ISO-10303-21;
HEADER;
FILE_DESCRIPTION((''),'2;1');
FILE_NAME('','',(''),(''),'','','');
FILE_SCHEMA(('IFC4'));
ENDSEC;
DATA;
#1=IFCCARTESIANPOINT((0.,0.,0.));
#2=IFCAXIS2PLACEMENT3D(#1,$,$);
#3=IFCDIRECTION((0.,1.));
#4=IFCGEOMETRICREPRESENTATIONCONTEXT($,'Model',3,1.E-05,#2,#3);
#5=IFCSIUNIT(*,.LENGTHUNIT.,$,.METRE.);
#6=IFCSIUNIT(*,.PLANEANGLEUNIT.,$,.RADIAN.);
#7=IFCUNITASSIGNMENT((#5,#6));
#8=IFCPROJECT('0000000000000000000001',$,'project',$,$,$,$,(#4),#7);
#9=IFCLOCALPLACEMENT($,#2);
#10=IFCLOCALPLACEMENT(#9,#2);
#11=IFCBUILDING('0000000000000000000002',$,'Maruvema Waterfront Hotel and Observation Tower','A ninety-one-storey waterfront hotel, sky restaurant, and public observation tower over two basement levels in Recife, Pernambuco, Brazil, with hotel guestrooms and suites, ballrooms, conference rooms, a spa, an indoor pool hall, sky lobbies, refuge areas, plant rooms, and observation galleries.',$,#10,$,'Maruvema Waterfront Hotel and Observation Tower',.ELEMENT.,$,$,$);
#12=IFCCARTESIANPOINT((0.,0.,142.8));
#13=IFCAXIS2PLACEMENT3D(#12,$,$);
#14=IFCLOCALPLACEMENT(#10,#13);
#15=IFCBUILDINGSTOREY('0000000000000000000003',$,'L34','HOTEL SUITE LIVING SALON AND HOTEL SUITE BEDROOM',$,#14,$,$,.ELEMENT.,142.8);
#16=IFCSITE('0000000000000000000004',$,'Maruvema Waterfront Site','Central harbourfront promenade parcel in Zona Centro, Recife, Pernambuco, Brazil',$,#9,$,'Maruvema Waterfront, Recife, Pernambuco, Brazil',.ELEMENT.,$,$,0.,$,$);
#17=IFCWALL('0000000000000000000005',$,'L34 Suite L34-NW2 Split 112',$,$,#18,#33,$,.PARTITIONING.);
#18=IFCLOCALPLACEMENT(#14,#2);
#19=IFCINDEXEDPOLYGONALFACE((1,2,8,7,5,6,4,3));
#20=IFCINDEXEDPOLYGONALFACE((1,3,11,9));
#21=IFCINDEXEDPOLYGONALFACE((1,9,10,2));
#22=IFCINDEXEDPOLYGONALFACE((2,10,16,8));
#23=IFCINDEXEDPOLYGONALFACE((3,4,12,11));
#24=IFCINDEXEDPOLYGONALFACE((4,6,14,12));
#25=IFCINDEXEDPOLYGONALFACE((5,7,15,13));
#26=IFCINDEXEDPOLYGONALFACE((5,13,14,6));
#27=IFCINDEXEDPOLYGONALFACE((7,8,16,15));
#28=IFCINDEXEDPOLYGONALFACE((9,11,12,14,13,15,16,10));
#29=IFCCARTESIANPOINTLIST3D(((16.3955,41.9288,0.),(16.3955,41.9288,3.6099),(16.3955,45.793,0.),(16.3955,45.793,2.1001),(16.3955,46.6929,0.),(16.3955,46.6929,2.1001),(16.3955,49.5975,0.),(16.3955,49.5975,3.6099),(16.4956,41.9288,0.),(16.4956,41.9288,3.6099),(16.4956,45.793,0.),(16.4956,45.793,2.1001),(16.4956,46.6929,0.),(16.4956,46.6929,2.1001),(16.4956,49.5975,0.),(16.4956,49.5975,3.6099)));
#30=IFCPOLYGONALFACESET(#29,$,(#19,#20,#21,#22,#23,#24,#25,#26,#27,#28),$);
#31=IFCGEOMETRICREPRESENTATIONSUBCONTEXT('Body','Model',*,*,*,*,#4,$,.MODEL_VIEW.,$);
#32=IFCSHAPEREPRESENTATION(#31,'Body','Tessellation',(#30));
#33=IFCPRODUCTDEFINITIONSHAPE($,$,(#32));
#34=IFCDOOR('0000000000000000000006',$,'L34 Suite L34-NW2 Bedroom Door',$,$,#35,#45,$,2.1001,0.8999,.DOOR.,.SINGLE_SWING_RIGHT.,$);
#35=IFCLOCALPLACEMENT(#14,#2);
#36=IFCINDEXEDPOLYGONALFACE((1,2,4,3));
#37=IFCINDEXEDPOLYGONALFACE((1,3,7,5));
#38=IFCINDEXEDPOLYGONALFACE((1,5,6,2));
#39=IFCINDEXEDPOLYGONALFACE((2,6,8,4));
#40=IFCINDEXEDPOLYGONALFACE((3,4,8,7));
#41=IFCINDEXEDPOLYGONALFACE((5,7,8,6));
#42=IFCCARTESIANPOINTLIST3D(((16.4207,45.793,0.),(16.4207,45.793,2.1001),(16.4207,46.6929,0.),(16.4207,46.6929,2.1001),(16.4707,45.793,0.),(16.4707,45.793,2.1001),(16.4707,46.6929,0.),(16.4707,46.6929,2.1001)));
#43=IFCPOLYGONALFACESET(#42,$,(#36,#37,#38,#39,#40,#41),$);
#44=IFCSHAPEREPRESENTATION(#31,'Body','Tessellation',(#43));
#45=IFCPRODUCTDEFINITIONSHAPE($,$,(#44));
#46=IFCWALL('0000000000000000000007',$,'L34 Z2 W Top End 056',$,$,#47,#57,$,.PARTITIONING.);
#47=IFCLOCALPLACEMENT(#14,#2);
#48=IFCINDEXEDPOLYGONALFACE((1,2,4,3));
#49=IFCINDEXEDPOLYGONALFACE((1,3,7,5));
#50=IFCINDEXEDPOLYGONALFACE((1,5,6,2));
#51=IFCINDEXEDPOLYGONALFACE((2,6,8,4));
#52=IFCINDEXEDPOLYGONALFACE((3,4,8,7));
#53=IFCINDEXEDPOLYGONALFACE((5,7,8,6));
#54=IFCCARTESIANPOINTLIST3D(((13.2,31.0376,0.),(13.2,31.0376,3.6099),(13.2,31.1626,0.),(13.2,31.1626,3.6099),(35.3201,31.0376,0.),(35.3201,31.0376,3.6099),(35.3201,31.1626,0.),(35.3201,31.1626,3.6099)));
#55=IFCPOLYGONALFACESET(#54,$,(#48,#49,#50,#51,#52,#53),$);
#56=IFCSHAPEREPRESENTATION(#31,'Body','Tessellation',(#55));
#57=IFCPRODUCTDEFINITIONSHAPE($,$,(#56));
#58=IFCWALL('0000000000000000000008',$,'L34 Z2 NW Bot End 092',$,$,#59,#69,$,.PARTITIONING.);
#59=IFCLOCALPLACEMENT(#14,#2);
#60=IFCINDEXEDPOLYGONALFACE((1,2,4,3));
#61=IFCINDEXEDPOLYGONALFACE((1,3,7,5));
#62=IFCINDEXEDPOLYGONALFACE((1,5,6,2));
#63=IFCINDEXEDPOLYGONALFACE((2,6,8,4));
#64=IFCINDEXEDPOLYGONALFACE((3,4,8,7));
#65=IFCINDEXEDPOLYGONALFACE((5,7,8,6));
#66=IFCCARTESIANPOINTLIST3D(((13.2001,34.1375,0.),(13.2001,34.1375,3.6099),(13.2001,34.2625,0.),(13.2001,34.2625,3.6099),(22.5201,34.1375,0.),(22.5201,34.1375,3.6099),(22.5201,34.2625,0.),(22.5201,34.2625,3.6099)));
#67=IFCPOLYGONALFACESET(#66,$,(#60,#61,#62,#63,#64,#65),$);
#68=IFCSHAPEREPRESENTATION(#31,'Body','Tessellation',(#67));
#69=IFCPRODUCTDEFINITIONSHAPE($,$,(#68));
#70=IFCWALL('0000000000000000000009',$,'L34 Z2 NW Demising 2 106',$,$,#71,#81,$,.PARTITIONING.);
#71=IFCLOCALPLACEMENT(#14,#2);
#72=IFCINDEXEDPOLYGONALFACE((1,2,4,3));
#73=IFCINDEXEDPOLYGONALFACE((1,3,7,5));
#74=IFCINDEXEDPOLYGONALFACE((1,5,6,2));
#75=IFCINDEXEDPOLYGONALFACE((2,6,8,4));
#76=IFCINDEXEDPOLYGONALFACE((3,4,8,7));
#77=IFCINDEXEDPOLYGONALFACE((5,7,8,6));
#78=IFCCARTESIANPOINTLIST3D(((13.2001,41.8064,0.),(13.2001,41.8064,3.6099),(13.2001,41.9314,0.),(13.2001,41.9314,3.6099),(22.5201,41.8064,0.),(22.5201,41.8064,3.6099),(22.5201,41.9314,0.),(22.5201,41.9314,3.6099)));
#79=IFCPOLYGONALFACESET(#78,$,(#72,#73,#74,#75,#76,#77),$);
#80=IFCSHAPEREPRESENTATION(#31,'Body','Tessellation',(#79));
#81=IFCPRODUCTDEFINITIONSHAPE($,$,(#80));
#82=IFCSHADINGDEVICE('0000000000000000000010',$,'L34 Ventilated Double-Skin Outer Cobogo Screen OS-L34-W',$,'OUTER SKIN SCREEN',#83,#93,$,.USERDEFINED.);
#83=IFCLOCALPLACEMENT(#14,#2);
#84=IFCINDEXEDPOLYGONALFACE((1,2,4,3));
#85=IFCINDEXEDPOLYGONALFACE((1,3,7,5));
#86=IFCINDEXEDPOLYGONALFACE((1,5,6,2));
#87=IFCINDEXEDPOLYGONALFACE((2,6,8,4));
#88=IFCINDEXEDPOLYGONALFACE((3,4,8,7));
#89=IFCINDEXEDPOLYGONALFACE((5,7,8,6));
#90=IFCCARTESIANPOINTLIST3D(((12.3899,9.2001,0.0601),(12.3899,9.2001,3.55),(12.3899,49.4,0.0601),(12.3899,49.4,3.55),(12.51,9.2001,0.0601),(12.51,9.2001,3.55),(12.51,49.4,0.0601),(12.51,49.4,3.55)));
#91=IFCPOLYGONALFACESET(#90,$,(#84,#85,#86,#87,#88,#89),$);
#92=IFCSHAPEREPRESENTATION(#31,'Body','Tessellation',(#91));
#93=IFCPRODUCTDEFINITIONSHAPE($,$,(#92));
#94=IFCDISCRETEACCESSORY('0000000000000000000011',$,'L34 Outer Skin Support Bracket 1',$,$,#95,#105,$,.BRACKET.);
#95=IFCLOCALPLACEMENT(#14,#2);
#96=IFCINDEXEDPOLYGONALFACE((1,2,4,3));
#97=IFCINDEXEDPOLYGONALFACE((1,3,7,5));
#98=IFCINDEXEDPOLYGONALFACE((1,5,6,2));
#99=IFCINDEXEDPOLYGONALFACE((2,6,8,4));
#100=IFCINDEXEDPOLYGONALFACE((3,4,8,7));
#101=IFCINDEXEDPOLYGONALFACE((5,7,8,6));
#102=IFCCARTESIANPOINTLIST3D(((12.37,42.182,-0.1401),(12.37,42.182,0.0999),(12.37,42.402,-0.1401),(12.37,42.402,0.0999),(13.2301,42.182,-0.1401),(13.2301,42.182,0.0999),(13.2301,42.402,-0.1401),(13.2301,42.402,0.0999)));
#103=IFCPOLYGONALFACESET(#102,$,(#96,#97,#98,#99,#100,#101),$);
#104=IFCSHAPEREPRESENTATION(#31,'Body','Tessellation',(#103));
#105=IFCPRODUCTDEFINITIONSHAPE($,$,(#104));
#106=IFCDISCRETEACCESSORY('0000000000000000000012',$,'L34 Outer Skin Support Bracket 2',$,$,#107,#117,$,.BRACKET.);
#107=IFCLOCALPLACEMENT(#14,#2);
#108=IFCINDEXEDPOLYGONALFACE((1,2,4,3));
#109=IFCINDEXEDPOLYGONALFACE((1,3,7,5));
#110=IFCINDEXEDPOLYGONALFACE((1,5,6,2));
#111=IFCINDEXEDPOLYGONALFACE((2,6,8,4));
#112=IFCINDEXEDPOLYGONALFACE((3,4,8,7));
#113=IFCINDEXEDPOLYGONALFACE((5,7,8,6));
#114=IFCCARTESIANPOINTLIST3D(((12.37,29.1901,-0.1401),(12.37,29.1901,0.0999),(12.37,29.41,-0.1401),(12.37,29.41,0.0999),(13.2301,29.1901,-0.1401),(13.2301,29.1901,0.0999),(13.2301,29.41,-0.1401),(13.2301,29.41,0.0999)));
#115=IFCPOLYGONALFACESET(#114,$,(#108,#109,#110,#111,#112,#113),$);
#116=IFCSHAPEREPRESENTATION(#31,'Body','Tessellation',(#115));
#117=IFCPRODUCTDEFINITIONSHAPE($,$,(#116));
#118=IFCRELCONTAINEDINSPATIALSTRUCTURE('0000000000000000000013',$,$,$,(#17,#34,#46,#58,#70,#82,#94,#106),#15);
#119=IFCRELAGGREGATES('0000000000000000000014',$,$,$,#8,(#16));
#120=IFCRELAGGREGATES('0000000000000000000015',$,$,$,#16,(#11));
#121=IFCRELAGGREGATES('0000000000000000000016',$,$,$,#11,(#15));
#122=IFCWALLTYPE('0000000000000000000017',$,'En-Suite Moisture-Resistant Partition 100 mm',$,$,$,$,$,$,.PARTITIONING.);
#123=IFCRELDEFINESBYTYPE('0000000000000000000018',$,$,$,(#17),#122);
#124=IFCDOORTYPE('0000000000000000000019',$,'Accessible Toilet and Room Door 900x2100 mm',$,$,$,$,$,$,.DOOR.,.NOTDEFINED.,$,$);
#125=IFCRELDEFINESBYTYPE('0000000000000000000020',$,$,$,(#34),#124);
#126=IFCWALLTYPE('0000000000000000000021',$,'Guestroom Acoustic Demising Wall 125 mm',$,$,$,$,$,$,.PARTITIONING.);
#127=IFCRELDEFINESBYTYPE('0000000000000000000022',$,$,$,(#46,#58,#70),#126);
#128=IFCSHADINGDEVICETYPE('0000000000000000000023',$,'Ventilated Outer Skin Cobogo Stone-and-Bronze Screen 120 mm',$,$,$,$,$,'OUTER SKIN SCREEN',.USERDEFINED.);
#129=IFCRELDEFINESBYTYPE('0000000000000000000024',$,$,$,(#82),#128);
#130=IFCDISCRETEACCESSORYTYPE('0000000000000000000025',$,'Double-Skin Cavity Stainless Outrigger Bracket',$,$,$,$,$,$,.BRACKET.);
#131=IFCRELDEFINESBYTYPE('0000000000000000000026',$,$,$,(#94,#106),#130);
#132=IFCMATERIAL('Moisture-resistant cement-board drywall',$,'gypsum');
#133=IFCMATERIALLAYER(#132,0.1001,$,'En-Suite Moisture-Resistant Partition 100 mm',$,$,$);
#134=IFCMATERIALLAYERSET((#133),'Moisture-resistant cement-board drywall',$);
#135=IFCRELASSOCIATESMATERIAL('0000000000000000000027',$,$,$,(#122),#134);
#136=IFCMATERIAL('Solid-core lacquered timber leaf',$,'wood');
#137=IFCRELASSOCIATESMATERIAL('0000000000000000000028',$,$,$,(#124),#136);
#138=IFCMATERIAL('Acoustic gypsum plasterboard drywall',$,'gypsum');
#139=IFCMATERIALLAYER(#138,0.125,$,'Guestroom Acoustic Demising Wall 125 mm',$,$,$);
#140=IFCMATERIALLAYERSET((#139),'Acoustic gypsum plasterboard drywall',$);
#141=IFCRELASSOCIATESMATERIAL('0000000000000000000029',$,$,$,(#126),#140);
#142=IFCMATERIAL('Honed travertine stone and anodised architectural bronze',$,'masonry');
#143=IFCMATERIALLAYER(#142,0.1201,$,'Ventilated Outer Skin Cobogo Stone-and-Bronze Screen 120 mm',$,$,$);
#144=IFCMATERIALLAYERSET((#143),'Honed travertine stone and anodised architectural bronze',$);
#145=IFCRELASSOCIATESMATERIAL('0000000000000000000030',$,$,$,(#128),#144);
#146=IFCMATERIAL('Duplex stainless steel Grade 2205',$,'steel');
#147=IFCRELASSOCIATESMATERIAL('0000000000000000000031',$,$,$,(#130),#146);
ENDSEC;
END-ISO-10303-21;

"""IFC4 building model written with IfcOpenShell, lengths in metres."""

from ifc_helpers import new_model, si_unit, direction, frame, frame_2d, origin, origin_2d, place, context, subcontext, project, spatial, rectangle, extrude, material, layer, layer_set, type_object, element, fill, save


model = new_model("IFC4")

# Units and contexts
model_context = context("Model", 3, precision=1e-05, world=origin(), true_north=direction((0.0, 1.0)))
body_context = subcontext(model_context, "Body", "Model", "MODEL_VIEW")
ifc_project = project(units=[si_unit("LENGTHUNIT", "METRE"), si_unit("PLANEANGLEUNIT", "RADIAN")], contexts=[model_context])

# Site, building, storey
site_placement = place(None, origin())
site = spatial("IfcSite", under=ifc_project, at=site_placement, Name="Maruvema Waterfront Site", Description="Central harbourfront promenade parcel in Zona Centro, Recife, Pernambuco, Brazil", LongName="Maruvema Waterfront, Recife, Pernambuco, Brazil", CompositionType="ELEMENT", RefElevation=0.0)
building_placement = place(site_placement, origin())
building = spatial("IfcBuilding", under=site, at=building_placement, Name="Maruvema Waterfront Hotel and Observation Tower", Description="A ninety-one-storey waterfront hotel, sky restaurant, and public observation tower over two basement levels in Recife, Pernambuco, Brazil, with hotel guestrooms and suites, ballrooms, conference rooms, a spa, an indoor pool hall, sky lobbies, refuge areas, plant rooms, and observation galleries.", LongName="Maruvema Waterfront Hotel and Observation Tower", CompositionType="ELEMENT")
storey_placement = place(building_placement, frame((0.0, 0.0, 142.8)))
storey = spatial("IfcBuildingStorey", under=building, at=storey_placement, Name="L34", Description="HOTEL SUITE LIVING SALON AND HOTEL SUITE BEDROOM", CompositionType="ELEMENT", Elevation=142.8)

# Shared definitions
ifc_material_1 = material(Name="Moisture-resistant cement-board drywall", Category="gypsum")
ifc_layer_1 = layer(ifc_material_1, 0.1001, Name="En-Suite Moisture-Resistant Partition 100 mm")
ifc_layer_set_1 = layer_set([ifc_layer_1], Name="Moisture-resistant cement-board drywall")
wall_type_1 = type_object("IfcWallType", Name="En-Suite Moisture-Resistant Partition 100 mm", PredefinedType="PARTITIONING", material=ifc_layer_set_1)

# Shared definitions
ifc_material_2 = material(Name="Solid-core lacquered timber leaf", Category="wood")
door_type_1 = type_object("IfcDoorType", Name="Accessible Toilet and Room Door 900x2100 mm", OperationType="NOTDEFINED", PredefinedType="DOOR", material=ifc_material_2)

# Wall, opening, door
wall_1_placement = place(storey_placement, frame((16.4456, 41.9287, 0.0), z_axis=(0.0, 0.0, 1.0), x_axis=(0.0, 1.0, 0.0)))
wall_1 = element("IfcWall", 1, at=wall_1_placement, inside=storey, type_object=wall_type_1, Name="L34 Suite L34-NW2 Split 112", PredefinedType="PARTITIONING", context=body_context, shape_type="SweptSolid", body=[
    extrude(rectangle(XDim=7.6687, YDim=0.1001, at=frame_2d((3.8345, 0.0))), origin(), (0.0, 0.0, 1.0), 3.6099),
])
opening_1_placement = place(wall_1_placement, frame((3.8643, 0.0, 0.0)))
opening_1 = element("IfcOpeningElement", 2, at=opening_1_placement, cuts=wall_1, PredefinedType="OPENING", context=body_context, shape_type="SweptSolid", body=[
    extrude(rectangle(XDim=0.8999, YDim=2.1001, at=frame_2d((0.45, 1.05))), frame((0.0, 0.0601, 0.0), z_axis=(0.0, -1.0, 0.0), x_axis=(1.0, 0.0, 0.0)), (0.0, 0.0, 1.0), 0.1201),
])
door_1_placement = place(opening_1_placement, origin())
door_1 = element("IfcDoor", 3, at=door_1_placement, inside=storey, type_object=door_type_1, Name="L34 Suite L34-NW2 Bedroom Door", OperationType="SINGLE_SWING_RIGHT", OverallHeight=2.1001, OverallWidth=0.8999, PredefinedType="DOOR", context=body_context, shape_type="SweptSolid", body=[
    extrude(rectangle(XDim=0.8999, YDim=2.1001, at=frame_2d((0.45, 1.05))), frame((0.0, 0.0249, 0.0), z_axis=(0.0, -1.0, 0.0), x_axis=(1.0, 0.0, 0.0)), (0.0, 0.0, 1.0), 0.05),
])
fill(opening_1, door_1)

# Walls
ifc_material_3 = material(Name="Acoustic gypsum plasterboard drywall", Category="gypsum")
ifc_layer_2 = layer(ifc_material_3, 0.125, Name="Guestroom Acoustic Demising Wall 125 mm")
ifc_layer_set_2 = layer_set([ifc_layer_2], Name="Acoustic gypsum plasterboard drywall")
wall_type_2 = type_object("IfcWallType", Name="Guestroom Acoustic Demising Wall 125 mm", PredefinedType="PARTITIONING", material=ifc_layer_set_2)
wall_2_placement = place(storey_placement, frame((13.2, 31.1001, 0.0), z_axis=(0.0, 0.0, 1.0), x_axis=(1.0, 0.0, 0.0)))
element("IfcWall", 4, at=wall_2_placement, inside=storey, type_object=wall_type_2, Name="L34 Z2 W Top End 056", PredefinedType="PARTITIONING", context=body_context, shape_type="SweptSolid", body=[
    extrude(rectangle(XDim=22.1201, YDim=0.125, at=frame_2d((11.0601, 0.0))), origin(), (0.0, 0.0, 1.0), 3.6099),
])
for number, where, z_axis, x_axis, name in (
    (5, (13.2, 34.2, 0.0), (0.0, 0.0, 1.0), (1.0, 0.0, 0.0), "L34 Z2 NW Bot End 092"),
    (6, (13.2, 41.8689, 0.0), (0.0, 0.0, 1.0), (1.0, 0.0, 0.0), "L34 Z2 NW Demising 2 106"),
):
    element("IfcWall", number, at=place(storey_placement, frame(where, z_axis=z_axis, x_axis=x_axis)), inside=storey, type_object=wall_type_2, Name=name, PredefinedType="PARTITIONING", context=body_context, shape_type="SweptSolid", body=[
        extrude(rectangle(XDim=9.3201, YDim=0.125, at=frame_2d((4.6602, 0.0))), origin(), (0.0, 0.0, 1.0), 3.6099),
    ])

# Shading device
ifc_material_4 = material(Name="Honed travertine stone and anodised architectural bronze", Category="masonry")
ifc_layer_3 = layer(ifc_material_4, 0.1201, Name="Ventilated Outer Skin Cobogo Stone-and-Bronze Screen 120 mm")
ifc_layer_set_3 = layer_set([ifc_layer_3], Name="Honed travertine stone and anodised architectural bronze")
shading_device_type = type_object("IfcShadingDeviceType", Name="Ventilated Outer Skin Cobogo Stone-and-Bronze Screen 120 mm", ElementType="OUTER SKIN SCREEN", PredefinedType="USERDEFINED", material=ifc_layer_set_3)
shading_device_placement = place(storey_placement, frame((12.45, 29.3, 0.0601), z_axis=(0.0, 0.0, 1.0), x_axis=(0.0, -1.0, 0.0)))
element("IfcShadingDevice", 7, at=shading_device_placement, inside=storey, type_object=shading_device_type, Name="L34 Ventilated Double-Skin Outer Cobogo Screen OS-L34-W", ObjectType="OUTER SKIN SCREEN", PredefinedType="USERDEFINED", context=body_context, shape_type="SweptSolid", body=[
    extrude(rectangle(XDim=40.2, YDim=0.1201, at=origin_2d()), origin(), (0.0, 0.0, 1.0), 3.49),
])

# Discrete accessories
ifc_material_5 = material(Name="Duplex stainless steel Grade 2205", Category="steel")
discrete_accessory_type = type_object("IfcDiscreteAccessoryType", Name="Double-Skin Cavity Stainless Outrigger Bracket", PredefinedType="BRACKET", material=ifc_material_5)
for number, where, z_axis, x_axis, name in (
    (8, (12.8, 42.292, -0.1401), (0.0, 0.0, 1.0), (0.0, -1.0, 0.0), "L34 Outer Skin Support Bracket 1"),
    (9, (12.8, 29.3, -0.1401), (0.0, 0.0, 1.0), (0.0, -1.0, 0.0), "L34 Outer Skin Support Bracket 2"),
):
    element("IfcDiscreteAccessory", number, at=place(storey_placement, frame(where, z_axis=z_axis, x_axis=x_axis)), inside=storey, type_object=discrete_accessory_type, Name=name, PredefinedType="BRACKET", context=body_context, shape_type="SweptSolid", body=[
        extrude(rectangle(XDim=0.22, YDim=0.8601, at=origin_2d()), origin(), (0.0, 0.0, 1.0), 0.24),
    ])

save(model, "model.ifc")
